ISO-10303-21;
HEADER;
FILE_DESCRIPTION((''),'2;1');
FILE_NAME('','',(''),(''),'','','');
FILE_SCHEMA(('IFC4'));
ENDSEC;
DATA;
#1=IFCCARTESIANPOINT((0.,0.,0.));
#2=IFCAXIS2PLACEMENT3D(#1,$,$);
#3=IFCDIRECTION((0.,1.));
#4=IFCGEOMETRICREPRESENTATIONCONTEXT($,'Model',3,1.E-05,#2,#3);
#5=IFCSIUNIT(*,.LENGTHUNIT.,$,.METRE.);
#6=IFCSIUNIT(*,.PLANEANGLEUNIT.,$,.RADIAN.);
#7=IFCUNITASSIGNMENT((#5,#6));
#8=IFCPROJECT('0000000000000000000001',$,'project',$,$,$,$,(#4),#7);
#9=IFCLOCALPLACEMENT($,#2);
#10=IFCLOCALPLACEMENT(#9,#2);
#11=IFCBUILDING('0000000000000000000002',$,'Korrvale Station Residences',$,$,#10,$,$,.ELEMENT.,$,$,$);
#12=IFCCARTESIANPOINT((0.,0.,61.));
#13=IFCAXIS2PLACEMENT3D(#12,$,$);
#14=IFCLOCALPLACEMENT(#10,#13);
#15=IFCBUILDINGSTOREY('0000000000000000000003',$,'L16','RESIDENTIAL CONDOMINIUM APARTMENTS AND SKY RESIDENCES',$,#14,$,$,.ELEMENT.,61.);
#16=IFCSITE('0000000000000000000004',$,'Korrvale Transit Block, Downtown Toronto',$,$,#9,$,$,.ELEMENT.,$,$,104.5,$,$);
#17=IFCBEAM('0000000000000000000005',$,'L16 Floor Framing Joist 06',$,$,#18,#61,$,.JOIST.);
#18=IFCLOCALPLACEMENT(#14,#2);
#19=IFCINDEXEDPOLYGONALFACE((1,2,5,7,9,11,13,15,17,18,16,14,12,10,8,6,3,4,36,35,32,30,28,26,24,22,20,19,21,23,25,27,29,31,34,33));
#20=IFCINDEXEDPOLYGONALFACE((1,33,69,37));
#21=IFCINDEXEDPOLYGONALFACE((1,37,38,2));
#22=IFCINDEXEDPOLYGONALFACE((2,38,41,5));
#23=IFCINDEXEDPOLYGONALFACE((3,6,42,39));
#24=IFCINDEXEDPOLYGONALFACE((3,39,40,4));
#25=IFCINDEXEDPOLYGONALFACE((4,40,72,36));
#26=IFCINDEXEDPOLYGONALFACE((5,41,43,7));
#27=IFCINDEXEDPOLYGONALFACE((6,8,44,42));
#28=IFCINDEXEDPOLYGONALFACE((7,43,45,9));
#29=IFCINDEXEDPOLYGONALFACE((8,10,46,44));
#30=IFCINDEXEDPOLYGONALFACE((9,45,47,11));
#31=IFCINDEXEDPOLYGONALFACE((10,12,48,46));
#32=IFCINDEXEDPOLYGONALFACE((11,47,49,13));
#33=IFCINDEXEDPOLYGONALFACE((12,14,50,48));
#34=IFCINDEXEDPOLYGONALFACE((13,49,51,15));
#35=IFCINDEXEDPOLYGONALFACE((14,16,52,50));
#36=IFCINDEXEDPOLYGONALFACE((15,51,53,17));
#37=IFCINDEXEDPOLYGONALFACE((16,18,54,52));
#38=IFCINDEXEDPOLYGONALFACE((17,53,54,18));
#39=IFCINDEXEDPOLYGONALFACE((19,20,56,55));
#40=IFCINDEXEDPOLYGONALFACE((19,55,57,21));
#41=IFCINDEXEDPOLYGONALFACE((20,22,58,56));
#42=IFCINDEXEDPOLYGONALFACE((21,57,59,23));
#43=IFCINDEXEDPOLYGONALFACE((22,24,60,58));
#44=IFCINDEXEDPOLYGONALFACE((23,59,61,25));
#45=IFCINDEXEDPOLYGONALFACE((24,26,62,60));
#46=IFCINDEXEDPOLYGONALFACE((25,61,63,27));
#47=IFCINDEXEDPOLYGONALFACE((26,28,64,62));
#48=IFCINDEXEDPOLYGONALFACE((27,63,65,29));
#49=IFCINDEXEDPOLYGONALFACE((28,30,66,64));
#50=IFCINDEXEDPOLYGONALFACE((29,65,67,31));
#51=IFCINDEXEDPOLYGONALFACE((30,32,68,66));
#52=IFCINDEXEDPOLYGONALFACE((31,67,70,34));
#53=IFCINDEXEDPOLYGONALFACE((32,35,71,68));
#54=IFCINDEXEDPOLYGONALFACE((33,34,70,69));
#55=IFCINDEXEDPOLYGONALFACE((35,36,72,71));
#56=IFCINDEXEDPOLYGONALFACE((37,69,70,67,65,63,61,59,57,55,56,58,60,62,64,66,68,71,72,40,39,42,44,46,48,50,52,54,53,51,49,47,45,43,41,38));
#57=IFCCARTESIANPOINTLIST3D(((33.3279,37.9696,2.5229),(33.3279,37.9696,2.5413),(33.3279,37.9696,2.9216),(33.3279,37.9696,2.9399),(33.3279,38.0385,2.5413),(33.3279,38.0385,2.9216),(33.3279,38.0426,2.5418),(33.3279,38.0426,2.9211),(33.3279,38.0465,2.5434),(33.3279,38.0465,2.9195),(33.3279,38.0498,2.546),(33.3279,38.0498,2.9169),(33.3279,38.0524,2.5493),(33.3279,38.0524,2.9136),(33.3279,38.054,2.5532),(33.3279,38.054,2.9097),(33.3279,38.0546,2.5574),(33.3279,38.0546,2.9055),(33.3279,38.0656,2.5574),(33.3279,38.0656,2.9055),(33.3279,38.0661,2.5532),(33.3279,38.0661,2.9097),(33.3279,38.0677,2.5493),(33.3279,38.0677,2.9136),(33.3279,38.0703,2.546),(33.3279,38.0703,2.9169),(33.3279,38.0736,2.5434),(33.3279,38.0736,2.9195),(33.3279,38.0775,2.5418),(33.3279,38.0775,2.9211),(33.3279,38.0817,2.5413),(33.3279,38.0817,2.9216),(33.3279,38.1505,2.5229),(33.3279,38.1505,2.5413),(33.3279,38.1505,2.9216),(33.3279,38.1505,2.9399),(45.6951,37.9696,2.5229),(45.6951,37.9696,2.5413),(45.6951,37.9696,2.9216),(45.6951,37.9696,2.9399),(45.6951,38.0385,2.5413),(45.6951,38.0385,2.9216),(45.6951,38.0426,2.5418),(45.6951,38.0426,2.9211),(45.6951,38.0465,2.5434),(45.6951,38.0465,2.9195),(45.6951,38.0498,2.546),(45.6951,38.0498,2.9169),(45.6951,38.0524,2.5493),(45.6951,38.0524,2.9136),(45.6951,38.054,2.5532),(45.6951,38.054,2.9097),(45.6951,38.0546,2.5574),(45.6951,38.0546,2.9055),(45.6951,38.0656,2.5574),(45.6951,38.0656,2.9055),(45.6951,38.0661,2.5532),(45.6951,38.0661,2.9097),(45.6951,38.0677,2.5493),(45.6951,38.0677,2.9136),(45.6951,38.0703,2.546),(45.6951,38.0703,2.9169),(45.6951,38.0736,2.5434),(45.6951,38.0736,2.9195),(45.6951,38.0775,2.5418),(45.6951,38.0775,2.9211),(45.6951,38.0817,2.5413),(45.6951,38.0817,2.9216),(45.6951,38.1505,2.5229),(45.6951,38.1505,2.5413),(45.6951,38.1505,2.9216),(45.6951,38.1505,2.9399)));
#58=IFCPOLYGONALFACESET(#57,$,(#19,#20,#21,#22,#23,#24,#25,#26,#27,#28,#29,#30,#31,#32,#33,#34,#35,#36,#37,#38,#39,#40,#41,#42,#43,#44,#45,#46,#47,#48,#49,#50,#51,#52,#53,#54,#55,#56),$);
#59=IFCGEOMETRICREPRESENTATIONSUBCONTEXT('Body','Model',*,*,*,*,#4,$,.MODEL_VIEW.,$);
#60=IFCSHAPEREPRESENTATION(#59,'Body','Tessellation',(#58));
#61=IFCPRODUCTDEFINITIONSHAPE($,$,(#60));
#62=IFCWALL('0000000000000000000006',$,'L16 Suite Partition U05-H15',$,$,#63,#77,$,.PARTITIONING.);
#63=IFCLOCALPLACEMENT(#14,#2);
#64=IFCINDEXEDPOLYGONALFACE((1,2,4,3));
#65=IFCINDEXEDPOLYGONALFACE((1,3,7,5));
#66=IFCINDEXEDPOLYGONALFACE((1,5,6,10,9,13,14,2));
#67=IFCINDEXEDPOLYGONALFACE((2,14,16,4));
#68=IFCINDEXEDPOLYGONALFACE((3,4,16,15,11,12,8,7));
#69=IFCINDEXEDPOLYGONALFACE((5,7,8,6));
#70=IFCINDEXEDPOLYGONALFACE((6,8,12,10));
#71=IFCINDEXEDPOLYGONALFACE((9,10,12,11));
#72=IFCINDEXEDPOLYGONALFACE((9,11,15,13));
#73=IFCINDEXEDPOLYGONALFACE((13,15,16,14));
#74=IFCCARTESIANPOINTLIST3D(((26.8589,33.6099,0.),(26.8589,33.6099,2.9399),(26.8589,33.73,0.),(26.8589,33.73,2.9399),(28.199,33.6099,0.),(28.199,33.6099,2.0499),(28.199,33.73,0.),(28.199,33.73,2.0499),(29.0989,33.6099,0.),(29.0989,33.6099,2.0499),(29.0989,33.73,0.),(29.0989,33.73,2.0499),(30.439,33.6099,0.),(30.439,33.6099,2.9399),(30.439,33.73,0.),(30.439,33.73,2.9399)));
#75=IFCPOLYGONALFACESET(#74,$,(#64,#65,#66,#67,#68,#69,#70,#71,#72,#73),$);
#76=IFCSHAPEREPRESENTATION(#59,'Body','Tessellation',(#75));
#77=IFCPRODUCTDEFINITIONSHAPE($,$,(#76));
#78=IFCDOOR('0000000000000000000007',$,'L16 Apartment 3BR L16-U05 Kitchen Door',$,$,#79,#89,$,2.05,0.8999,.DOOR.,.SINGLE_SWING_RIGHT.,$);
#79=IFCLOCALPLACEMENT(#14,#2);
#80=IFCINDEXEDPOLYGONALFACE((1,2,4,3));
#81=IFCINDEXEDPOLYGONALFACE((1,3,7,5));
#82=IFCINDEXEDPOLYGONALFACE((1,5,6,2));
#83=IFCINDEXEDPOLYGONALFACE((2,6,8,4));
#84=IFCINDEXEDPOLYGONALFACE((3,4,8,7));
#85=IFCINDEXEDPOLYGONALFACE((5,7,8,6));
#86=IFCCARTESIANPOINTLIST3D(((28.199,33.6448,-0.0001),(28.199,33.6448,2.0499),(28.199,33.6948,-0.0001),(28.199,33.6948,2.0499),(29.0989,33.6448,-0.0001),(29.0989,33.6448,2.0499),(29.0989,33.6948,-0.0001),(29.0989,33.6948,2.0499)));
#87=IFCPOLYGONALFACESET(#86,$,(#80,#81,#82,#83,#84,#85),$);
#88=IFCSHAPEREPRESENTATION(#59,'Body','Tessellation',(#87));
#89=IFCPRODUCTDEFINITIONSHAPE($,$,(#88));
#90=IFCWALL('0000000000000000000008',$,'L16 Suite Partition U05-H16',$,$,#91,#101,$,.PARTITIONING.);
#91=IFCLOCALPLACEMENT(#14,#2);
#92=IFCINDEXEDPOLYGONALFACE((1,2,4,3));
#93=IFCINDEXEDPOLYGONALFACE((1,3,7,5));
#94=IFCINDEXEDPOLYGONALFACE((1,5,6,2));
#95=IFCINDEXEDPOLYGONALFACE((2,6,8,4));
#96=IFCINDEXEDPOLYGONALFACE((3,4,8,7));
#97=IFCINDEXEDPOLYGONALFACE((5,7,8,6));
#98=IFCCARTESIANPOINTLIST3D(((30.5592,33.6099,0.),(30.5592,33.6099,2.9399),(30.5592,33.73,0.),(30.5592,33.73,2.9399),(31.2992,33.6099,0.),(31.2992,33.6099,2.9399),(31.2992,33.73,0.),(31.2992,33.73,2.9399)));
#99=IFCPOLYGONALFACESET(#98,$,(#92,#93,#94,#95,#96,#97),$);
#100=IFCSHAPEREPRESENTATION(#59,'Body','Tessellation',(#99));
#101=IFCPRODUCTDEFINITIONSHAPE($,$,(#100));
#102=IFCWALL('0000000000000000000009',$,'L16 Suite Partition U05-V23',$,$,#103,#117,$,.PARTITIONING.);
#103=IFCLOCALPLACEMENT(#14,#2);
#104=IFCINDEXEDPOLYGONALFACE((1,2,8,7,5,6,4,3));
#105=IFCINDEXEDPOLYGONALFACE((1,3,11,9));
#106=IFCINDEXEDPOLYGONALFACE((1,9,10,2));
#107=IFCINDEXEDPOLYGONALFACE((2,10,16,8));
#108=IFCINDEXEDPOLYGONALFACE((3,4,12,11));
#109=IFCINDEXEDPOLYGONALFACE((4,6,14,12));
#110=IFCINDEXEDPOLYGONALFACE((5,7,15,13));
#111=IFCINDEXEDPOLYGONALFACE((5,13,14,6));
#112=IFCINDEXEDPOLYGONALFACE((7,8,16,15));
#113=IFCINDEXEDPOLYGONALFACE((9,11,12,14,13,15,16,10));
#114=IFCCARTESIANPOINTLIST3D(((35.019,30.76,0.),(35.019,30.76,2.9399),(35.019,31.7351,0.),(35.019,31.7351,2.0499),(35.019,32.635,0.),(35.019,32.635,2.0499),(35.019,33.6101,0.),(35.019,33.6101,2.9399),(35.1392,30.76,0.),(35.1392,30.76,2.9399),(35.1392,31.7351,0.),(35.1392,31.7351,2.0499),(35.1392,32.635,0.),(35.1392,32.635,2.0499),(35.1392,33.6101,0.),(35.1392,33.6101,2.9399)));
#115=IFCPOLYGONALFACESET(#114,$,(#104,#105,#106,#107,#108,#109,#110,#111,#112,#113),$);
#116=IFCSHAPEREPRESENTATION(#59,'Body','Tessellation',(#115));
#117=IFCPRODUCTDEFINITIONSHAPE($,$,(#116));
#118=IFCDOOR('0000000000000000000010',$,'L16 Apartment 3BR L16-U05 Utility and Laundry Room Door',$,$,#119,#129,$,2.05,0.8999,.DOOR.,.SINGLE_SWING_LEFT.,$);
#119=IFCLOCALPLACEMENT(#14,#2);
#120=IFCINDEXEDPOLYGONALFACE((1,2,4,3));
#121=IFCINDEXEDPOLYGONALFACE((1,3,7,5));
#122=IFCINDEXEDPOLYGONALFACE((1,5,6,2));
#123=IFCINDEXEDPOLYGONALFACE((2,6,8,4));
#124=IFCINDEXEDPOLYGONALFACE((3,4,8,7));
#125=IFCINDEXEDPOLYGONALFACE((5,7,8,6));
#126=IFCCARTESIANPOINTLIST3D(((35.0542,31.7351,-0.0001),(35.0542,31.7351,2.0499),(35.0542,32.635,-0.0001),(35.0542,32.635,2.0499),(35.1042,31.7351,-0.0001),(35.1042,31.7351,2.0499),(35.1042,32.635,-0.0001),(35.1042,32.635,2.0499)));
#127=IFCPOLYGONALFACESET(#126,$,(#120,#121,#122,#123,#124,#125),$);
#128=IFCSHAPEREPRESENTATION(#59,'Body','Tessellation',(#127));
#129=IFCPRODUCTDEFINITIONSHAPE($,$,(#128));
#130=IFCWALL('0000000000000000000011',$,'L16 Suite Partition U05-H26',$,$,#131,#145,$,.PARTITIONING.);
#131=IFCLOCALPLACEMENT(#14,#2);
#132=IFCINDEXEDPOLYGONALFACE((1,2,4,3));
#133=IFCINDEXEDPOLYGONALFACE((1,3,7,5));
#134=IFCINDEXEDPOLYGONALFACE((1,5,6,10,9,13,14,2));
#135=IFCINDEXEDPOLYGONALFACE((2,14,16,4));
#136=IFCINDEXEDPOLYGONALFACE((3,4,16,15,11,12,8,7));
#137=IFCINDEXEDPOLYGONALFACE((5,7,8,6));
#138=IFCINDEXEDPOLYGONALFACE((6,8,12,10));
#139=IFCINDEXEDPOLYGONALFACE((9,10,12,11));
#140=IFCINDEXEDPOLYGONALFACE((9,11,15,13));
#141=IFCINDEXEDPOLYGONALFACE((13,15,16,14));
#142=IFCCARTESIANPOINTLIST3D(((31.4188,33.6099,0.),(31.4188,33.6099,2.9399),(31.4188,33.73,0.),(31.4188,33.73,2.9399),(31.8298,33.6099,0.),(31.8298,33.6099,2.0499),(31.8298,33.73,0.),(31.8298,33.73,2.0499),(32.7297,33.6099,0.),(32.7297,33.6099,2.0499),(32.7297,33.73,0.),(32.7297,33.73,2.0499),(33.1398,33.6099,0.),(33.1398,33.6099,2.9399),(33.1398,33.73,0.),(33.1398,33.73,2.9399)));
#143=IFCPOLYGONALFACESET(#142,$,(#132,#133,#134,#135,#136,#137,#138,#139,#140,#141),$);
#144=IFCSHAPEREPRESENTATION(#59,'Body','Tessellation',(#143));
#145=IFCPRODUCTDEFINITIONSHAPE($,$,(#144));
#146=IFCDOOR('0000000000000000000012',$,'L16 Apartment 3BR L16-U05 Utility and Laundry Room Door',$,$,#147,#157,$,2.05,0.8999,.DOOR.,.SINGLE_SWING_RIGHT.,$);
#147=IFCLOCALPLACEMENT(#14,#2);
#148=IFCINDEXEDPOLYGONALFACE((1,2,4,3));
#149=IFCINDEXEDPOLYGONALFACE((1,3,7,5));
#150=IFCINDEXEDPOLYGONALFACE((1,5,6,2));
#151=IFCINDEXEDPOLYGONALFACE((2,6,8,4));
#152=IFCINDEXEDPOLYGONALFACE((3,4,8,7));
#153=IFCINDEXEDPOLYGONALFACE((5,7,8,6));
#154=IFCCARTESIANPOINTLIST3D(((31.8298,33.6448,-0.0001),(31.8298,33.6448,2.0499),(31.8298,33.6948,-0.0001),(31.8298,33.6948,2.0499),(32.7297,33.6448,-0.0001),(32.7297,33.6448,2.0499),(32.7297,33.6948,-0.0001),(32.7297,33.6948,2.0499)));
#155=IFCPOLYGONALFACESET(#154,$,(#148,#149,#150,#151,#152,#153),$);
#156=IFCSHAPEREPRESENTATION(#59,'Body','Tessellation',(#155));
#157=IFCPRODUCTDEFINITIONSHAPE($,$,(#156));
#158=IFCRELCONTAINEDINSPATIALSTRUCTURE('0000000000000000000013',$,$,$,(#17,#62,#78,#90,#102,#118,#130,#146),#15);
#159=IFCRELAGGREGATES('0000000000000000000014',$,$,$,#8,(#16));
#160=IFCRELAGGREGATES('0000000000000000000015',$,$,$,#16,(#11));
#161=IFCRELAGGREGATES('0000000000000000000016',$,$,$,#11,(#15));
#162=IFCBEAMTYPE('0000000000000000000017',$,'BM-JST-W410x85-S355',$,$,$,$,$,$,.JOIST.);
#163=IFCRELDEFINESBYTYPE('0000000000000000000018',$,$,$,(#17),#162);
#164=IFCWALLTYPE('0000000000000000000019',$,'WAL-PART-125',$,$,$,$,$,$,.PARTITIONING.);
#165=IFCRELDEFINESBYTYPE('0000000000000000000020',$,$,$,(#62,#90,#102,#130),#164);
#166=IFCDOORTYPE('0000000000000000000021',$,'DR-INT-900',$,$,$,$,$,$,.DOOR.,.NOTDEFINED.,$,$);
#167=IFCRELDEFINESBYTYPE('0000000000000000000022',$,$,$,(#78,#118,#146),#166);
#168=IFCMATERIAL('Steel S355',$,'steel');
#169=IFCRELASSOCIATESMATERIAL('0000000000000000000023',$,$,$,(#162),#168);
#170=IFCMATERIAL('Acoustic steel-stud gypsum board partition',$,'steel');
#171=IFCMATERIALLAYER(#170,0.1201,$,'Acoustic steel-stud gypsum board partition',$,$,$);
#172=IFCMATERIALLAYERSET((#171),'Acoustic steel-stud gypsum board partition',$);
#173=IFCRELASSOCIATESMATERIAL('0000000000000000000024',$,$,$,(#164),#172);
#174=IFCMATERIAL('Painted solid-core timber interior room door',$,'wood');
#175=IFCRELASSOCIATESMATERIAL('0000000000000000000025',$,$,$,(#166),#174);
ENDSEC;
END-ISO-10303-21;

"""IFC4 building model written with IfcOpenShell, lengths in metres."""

from ifc_helpers import new_model, si_unit, direction, frame, frame_2d, origin, origin_2d, place, context, subcontext, project, spatial, rectangle, i_section, extrude, material, layer, layer_set, material_profile, profile_set, type_object, element, fill, save


model = new_model("IFC4")

# Units and contexts
model_context = context("Model", 3, precision=1e-05, world=origin(), true_north=direction((0.0, 1.0)))
body_context = subcontext(model_context, "Body", "Model", "MODEL_VIEW")
ifc_project = project(units=[si_unit("LENGTHUNIT", "METRE"), si_unit("PLANEANGLEUNIT", "RADIAN")], contexts=[model_context])

# Site, building, storey
site_placement = place(None, origin())
site = spatial("IfcSite", under=ifc_project, at=site_placement, Name="Korrvale Transit Block, Downtown Toronto", CompositionType="ELEMENT", RefElevation=104.5)
building_placement = place(site_placement, origin())
building = spatial("IfcBuilding", under=site, at=building_placement, Name="Korrvale Station Residences", CompositionType="ELEMENT")
storey_placement = place(building_placement, frame((0.0, 0.0, 61.0)))
storey = spatial("IfcBuildingStorey", under=building, at=storey_placement, Name="L16", Description="RESIDENTIAL CONDOMINIUM APARTMENTS AND SKY RESIDENCES", CompositionType="ELEMENT", Elevation=61.0)

# Beam
ifc_material_1 = material(Name="Steel S355", Category="steel")
ifc_material_profile = material_profile(ifc_material_1, i_section(OverallWidth=0.1809, OverallDepth=0.417, WebThickness=0.011, FlangeThickness=0.0183, FilletRadius=0.0161, at=origin_2d()), Name="W410x85")
ifc_profile_set = profile_set([ifc_material_profile], Name="Steel S355")
beam_type = type_object("IfcBeamType", Name="BM-JST-W410x85-S355", PredefinedType="JOIST", material=ifc_profile_set)
beam_placement = place(storey_placement, frame((33.3279, 38.0601, 2.7314), z_axis=(1.0, 0.0, 0.0), x_axis=(0.0, 1.0, 0.0)))
element("IfcBeam", 1, at=beam_placement, inside=storey, type_object=beam_type, Name="L16 Floor Framing Joist 06", PredefinedType="JOIST", context=body_context, shape_type="SweptSolid", body=[
    extrude(i_section(OverallWidth=0.1809, OverallDepth=0.417, WebThickness=0.011, FlangeThickness=0.0183, FilletRadius=0.0161, at=origin_2d()), origin(), (0.0, 0.0, 1.0), 12.3672),
])

# Wall, opening, door
ifc_material_2 = material(Name="Acoustic steel-stud gypsum board partition", Category="steel")
ifc_layer = layer(ifc_material_2, 0.1201, Name="Acoustic steel-stud gypsum board partition")
ifc_layer_set = layer_set([ifc_layer], Name="Acoustic steel-stud gypsum board partition")
wall_type = type_object("IfcWallType", Name="WAL-PART-125", PredefinedType="PARTITIONING", material=ifc_layer_set)
wall_1_placement = place(storey_placement, frame((26.8589, 33.6699, 0.0), z_axis=(0.0, 0.0, 1.0), x_axis=(1.0, 0.0, 0.0)))
wall_1 = element("IfcWall", 2, at=wall_1_placement, inside=storey, type_object=wall_type, Name="L16 Suite Partition U05-H15", PredefinedType="PARTITIONING", context=body_context, shape_type="SweptSolid", body=[
    extrude(rectangle(XDim=3.5801, YDim=0.1201, at=frame_2d((1.79, 0.0))), origin(), (0.0, 0.0, 1.0), 2.9399),
])
opening_1_placement = place(wall_1_placement, frame((1.3401, 0.0, 0.0)))
opening_1 = element("IfcOpeningElement", 3, at=opening_1_placement, cuts=wall_1, PredefinedType="OPENING", context=body_context, shape_type="SweptSolid", body=[
    extrude(rectangle(XDim=0.8999, YDim=2.05, at=frame_2d((0.45, 1.0249))), frame((0.0, 0.0701, 0.0), z_axis=(0.0, -1.0, 0.0), x_axis=(1.0, 0.0, 0.0)), (0.0, 0.0, 1.0), 0.1401),
])
ifc_material_3 = material(Name="Painted solid-core timber interior room door", Category="wood")
door_type = type_object("IfcDoorType", Name="DR-INT-900", OperationType="NOTDEFINED", PredefinedType="DOOR", material=ifc_material_3)
door_1_placement = place(opening_1_placement, origin())
door_1 = element("IfcDoor", 4, at=door_1_placement, inside=storey, type_object=door_type, Name="L16 Apartment 3BR L16-U05 Kitchen Door", OperationType="SINGLE_SWING_RIGHT", OverallHeight=2.05, OverallWidth=0.8999, PredefinedType="DOOR", context=body_context, shape_type="SweptSolid", body=[
    extrude(rectangle(XDim=0.8999, YDim=2.05, at=frame_2d((0.45, 1.0249))), frame((0.0, 0.0249, 0.0), z_axis=(0.0, -1.0, 0.0), x_axis=(1.0, 0.0, 0.0)), (0.0, 0.0, 1.0), 0.05),
])
fill(opening_1, door_1)

# Wall
wall_2_placement = place(storey_placement, frame((30.5591, 33.6699, 0.0), z_axis=(0.0, 0.0, 1.0), x_axis=(1.0, 0.0, 0.0)))
element("IfcWall", 5, at=wall_2_placement, inside=storey, type_object=wall_type, Name="L16 Suite Partition U05-H16", PredefinedType="PARTITIONING", context=body_context, shape_type="SweptSolid", body=[
    extrude(rectangle(XDim=0.74, YDim=0.1201, at=frame_2d((0.3701, 0.0))), origin(), (0.0, 0.0, 1.0), 2.9399),
])

# Walls, openings, doors
wall_3_placement = place(storey_placement, frame((35.0791, 30.76, 0.0), z_axis=(0.0, 0.0, 1.0), x_axis=(0.0, 1.0, 0.0)))
wall_3 = element("IfcWall", 6, at=wall_3_placement, inside=storey, type_object=wall_type, Name="L16 Suite Partition U05-V23", PredefinedType="PARTITIONING", context=body_context, shape_type="SweptSolid", body=[
    extrude(rectangle(XDim=2.8501, YDim=0.1201, at=frame_2d((1.425, 0.0))), origin(), (0.0, 0.0, 1.0), 2.9399),
])
opening_2_placement = place(wall_3_placement, frame((0.9751, 0.0, 0.0)))
opening_2 = element("IfcOpeningElement", 7, at=opening_2_placement, cuts=wall_3, PredefinedType="OPENING", context=body_context, shape_type="SweptSolid", body=[
    extrude(rectangle(XDim=0.8999, YDim=2.05, at=frame_2d((0.45, 1.0249))), frame((0.0, 0.0701, 0.0), z_axis=(0.0, -1.0, 0.0), x_axis=(1.0, 0.0, 0.0)), (0.0, 0.0, 1.0), 0.1401),
])
door_2_placement = place(opening_2_placement, origin())
door_2 = element("IfcDoor", 8, at=door_2_placement, inside=storey, type_object=door_type, Name="L16 Apartment 3BR L16-U05 Utility and Laundry Room Door", OperationType="SINGLE_SWING_LEFT", OverallHeight=2.05, OverallWidth=0.8999, PredefinedType="DOOR", context=body_context, shape_type="SweptSolid", body=[
    extrude(rectangle(XDim=0.8999, YDim=2.05, at=frame_2d((0.45, 1.0249))), frame((0.0, 0.0249, 0.0), z_axis=(0.0, -1.0, 0.0), x_axis=(1.0, 0.0, 0.0)), (0.0, 0.0, 1.0), 0.05),
])
fill(opening_2, door_2)
wall_4_placement = place(storey_placement, frame((31.4189, 33.6699, 0.0), z_axis=(0.0, 0.0, 1.0), x_axis=(1.0, 0.0, 0.0)))
wall_4 = element("IfcWall", 9, at=wall_4_placement, inside=storey, type_object=wall_type, Name="L16 Suite Partition U05-H26", PredefinedType="PARTITIONING", context=body_context, shape_type="SweptSolid", body=[
    extrude(rectangle(XDim=1.7209, YDim=0.1201, at=frame_2d((0.8604, 0.0))), origin(), (0.0, 0.0, 1.0), 2.9399),
])
opening_3_placement = place(wall_4_placement, frame((0.4109, 0.0, 0.0)))
opening_3 = element("IfcOpeningElement", 10, at=opening_3_placement, cuts=wall_4, PredefinedType="OPENING", context=body_context, shape_type="SweptSolid", body=[
    extrude(rectangle(XDim=0.8999, YDim=2.05, at=frame_2d((0.45, 1.0249))), frame((0.0, 0.0701, 0.0), z_axis=(0.0, -1.0, 0.0), x_axis=(1.0, 0.0, 0.0)), (0.0, 0.0, 1.0), 0.1401),
])
door_3_placement = place(opening_3_placement, origin())
door_3 = element("IfcDoor", 11, at=door_3_placement, inside=storey, type_object=door_type, Name="L16 Apartment 3BR L16-U05 Utility and Laundry Room Door", OperationType="SINGLE_SWING_RIGHT", OverallHeight=2.05, OverallWidth=0.8999, PredefinedType="DOOR", context=body_context, shape_type="SweptSolid", body=[
    extrude(rectangle(XDim=0.8999, YDim=2.05, at=frame_2d((0.45, 1.0249))), frame((0.0, 0.0249, 0.0), z_axis=(0.0, -1.0, 0.0), x_axis=(1.0, 0.0, 0.0)), (0.0, 0.0, 1.0), 0.05),
])
fill(opening_3, door_3)

save(model, "model.ifc")
